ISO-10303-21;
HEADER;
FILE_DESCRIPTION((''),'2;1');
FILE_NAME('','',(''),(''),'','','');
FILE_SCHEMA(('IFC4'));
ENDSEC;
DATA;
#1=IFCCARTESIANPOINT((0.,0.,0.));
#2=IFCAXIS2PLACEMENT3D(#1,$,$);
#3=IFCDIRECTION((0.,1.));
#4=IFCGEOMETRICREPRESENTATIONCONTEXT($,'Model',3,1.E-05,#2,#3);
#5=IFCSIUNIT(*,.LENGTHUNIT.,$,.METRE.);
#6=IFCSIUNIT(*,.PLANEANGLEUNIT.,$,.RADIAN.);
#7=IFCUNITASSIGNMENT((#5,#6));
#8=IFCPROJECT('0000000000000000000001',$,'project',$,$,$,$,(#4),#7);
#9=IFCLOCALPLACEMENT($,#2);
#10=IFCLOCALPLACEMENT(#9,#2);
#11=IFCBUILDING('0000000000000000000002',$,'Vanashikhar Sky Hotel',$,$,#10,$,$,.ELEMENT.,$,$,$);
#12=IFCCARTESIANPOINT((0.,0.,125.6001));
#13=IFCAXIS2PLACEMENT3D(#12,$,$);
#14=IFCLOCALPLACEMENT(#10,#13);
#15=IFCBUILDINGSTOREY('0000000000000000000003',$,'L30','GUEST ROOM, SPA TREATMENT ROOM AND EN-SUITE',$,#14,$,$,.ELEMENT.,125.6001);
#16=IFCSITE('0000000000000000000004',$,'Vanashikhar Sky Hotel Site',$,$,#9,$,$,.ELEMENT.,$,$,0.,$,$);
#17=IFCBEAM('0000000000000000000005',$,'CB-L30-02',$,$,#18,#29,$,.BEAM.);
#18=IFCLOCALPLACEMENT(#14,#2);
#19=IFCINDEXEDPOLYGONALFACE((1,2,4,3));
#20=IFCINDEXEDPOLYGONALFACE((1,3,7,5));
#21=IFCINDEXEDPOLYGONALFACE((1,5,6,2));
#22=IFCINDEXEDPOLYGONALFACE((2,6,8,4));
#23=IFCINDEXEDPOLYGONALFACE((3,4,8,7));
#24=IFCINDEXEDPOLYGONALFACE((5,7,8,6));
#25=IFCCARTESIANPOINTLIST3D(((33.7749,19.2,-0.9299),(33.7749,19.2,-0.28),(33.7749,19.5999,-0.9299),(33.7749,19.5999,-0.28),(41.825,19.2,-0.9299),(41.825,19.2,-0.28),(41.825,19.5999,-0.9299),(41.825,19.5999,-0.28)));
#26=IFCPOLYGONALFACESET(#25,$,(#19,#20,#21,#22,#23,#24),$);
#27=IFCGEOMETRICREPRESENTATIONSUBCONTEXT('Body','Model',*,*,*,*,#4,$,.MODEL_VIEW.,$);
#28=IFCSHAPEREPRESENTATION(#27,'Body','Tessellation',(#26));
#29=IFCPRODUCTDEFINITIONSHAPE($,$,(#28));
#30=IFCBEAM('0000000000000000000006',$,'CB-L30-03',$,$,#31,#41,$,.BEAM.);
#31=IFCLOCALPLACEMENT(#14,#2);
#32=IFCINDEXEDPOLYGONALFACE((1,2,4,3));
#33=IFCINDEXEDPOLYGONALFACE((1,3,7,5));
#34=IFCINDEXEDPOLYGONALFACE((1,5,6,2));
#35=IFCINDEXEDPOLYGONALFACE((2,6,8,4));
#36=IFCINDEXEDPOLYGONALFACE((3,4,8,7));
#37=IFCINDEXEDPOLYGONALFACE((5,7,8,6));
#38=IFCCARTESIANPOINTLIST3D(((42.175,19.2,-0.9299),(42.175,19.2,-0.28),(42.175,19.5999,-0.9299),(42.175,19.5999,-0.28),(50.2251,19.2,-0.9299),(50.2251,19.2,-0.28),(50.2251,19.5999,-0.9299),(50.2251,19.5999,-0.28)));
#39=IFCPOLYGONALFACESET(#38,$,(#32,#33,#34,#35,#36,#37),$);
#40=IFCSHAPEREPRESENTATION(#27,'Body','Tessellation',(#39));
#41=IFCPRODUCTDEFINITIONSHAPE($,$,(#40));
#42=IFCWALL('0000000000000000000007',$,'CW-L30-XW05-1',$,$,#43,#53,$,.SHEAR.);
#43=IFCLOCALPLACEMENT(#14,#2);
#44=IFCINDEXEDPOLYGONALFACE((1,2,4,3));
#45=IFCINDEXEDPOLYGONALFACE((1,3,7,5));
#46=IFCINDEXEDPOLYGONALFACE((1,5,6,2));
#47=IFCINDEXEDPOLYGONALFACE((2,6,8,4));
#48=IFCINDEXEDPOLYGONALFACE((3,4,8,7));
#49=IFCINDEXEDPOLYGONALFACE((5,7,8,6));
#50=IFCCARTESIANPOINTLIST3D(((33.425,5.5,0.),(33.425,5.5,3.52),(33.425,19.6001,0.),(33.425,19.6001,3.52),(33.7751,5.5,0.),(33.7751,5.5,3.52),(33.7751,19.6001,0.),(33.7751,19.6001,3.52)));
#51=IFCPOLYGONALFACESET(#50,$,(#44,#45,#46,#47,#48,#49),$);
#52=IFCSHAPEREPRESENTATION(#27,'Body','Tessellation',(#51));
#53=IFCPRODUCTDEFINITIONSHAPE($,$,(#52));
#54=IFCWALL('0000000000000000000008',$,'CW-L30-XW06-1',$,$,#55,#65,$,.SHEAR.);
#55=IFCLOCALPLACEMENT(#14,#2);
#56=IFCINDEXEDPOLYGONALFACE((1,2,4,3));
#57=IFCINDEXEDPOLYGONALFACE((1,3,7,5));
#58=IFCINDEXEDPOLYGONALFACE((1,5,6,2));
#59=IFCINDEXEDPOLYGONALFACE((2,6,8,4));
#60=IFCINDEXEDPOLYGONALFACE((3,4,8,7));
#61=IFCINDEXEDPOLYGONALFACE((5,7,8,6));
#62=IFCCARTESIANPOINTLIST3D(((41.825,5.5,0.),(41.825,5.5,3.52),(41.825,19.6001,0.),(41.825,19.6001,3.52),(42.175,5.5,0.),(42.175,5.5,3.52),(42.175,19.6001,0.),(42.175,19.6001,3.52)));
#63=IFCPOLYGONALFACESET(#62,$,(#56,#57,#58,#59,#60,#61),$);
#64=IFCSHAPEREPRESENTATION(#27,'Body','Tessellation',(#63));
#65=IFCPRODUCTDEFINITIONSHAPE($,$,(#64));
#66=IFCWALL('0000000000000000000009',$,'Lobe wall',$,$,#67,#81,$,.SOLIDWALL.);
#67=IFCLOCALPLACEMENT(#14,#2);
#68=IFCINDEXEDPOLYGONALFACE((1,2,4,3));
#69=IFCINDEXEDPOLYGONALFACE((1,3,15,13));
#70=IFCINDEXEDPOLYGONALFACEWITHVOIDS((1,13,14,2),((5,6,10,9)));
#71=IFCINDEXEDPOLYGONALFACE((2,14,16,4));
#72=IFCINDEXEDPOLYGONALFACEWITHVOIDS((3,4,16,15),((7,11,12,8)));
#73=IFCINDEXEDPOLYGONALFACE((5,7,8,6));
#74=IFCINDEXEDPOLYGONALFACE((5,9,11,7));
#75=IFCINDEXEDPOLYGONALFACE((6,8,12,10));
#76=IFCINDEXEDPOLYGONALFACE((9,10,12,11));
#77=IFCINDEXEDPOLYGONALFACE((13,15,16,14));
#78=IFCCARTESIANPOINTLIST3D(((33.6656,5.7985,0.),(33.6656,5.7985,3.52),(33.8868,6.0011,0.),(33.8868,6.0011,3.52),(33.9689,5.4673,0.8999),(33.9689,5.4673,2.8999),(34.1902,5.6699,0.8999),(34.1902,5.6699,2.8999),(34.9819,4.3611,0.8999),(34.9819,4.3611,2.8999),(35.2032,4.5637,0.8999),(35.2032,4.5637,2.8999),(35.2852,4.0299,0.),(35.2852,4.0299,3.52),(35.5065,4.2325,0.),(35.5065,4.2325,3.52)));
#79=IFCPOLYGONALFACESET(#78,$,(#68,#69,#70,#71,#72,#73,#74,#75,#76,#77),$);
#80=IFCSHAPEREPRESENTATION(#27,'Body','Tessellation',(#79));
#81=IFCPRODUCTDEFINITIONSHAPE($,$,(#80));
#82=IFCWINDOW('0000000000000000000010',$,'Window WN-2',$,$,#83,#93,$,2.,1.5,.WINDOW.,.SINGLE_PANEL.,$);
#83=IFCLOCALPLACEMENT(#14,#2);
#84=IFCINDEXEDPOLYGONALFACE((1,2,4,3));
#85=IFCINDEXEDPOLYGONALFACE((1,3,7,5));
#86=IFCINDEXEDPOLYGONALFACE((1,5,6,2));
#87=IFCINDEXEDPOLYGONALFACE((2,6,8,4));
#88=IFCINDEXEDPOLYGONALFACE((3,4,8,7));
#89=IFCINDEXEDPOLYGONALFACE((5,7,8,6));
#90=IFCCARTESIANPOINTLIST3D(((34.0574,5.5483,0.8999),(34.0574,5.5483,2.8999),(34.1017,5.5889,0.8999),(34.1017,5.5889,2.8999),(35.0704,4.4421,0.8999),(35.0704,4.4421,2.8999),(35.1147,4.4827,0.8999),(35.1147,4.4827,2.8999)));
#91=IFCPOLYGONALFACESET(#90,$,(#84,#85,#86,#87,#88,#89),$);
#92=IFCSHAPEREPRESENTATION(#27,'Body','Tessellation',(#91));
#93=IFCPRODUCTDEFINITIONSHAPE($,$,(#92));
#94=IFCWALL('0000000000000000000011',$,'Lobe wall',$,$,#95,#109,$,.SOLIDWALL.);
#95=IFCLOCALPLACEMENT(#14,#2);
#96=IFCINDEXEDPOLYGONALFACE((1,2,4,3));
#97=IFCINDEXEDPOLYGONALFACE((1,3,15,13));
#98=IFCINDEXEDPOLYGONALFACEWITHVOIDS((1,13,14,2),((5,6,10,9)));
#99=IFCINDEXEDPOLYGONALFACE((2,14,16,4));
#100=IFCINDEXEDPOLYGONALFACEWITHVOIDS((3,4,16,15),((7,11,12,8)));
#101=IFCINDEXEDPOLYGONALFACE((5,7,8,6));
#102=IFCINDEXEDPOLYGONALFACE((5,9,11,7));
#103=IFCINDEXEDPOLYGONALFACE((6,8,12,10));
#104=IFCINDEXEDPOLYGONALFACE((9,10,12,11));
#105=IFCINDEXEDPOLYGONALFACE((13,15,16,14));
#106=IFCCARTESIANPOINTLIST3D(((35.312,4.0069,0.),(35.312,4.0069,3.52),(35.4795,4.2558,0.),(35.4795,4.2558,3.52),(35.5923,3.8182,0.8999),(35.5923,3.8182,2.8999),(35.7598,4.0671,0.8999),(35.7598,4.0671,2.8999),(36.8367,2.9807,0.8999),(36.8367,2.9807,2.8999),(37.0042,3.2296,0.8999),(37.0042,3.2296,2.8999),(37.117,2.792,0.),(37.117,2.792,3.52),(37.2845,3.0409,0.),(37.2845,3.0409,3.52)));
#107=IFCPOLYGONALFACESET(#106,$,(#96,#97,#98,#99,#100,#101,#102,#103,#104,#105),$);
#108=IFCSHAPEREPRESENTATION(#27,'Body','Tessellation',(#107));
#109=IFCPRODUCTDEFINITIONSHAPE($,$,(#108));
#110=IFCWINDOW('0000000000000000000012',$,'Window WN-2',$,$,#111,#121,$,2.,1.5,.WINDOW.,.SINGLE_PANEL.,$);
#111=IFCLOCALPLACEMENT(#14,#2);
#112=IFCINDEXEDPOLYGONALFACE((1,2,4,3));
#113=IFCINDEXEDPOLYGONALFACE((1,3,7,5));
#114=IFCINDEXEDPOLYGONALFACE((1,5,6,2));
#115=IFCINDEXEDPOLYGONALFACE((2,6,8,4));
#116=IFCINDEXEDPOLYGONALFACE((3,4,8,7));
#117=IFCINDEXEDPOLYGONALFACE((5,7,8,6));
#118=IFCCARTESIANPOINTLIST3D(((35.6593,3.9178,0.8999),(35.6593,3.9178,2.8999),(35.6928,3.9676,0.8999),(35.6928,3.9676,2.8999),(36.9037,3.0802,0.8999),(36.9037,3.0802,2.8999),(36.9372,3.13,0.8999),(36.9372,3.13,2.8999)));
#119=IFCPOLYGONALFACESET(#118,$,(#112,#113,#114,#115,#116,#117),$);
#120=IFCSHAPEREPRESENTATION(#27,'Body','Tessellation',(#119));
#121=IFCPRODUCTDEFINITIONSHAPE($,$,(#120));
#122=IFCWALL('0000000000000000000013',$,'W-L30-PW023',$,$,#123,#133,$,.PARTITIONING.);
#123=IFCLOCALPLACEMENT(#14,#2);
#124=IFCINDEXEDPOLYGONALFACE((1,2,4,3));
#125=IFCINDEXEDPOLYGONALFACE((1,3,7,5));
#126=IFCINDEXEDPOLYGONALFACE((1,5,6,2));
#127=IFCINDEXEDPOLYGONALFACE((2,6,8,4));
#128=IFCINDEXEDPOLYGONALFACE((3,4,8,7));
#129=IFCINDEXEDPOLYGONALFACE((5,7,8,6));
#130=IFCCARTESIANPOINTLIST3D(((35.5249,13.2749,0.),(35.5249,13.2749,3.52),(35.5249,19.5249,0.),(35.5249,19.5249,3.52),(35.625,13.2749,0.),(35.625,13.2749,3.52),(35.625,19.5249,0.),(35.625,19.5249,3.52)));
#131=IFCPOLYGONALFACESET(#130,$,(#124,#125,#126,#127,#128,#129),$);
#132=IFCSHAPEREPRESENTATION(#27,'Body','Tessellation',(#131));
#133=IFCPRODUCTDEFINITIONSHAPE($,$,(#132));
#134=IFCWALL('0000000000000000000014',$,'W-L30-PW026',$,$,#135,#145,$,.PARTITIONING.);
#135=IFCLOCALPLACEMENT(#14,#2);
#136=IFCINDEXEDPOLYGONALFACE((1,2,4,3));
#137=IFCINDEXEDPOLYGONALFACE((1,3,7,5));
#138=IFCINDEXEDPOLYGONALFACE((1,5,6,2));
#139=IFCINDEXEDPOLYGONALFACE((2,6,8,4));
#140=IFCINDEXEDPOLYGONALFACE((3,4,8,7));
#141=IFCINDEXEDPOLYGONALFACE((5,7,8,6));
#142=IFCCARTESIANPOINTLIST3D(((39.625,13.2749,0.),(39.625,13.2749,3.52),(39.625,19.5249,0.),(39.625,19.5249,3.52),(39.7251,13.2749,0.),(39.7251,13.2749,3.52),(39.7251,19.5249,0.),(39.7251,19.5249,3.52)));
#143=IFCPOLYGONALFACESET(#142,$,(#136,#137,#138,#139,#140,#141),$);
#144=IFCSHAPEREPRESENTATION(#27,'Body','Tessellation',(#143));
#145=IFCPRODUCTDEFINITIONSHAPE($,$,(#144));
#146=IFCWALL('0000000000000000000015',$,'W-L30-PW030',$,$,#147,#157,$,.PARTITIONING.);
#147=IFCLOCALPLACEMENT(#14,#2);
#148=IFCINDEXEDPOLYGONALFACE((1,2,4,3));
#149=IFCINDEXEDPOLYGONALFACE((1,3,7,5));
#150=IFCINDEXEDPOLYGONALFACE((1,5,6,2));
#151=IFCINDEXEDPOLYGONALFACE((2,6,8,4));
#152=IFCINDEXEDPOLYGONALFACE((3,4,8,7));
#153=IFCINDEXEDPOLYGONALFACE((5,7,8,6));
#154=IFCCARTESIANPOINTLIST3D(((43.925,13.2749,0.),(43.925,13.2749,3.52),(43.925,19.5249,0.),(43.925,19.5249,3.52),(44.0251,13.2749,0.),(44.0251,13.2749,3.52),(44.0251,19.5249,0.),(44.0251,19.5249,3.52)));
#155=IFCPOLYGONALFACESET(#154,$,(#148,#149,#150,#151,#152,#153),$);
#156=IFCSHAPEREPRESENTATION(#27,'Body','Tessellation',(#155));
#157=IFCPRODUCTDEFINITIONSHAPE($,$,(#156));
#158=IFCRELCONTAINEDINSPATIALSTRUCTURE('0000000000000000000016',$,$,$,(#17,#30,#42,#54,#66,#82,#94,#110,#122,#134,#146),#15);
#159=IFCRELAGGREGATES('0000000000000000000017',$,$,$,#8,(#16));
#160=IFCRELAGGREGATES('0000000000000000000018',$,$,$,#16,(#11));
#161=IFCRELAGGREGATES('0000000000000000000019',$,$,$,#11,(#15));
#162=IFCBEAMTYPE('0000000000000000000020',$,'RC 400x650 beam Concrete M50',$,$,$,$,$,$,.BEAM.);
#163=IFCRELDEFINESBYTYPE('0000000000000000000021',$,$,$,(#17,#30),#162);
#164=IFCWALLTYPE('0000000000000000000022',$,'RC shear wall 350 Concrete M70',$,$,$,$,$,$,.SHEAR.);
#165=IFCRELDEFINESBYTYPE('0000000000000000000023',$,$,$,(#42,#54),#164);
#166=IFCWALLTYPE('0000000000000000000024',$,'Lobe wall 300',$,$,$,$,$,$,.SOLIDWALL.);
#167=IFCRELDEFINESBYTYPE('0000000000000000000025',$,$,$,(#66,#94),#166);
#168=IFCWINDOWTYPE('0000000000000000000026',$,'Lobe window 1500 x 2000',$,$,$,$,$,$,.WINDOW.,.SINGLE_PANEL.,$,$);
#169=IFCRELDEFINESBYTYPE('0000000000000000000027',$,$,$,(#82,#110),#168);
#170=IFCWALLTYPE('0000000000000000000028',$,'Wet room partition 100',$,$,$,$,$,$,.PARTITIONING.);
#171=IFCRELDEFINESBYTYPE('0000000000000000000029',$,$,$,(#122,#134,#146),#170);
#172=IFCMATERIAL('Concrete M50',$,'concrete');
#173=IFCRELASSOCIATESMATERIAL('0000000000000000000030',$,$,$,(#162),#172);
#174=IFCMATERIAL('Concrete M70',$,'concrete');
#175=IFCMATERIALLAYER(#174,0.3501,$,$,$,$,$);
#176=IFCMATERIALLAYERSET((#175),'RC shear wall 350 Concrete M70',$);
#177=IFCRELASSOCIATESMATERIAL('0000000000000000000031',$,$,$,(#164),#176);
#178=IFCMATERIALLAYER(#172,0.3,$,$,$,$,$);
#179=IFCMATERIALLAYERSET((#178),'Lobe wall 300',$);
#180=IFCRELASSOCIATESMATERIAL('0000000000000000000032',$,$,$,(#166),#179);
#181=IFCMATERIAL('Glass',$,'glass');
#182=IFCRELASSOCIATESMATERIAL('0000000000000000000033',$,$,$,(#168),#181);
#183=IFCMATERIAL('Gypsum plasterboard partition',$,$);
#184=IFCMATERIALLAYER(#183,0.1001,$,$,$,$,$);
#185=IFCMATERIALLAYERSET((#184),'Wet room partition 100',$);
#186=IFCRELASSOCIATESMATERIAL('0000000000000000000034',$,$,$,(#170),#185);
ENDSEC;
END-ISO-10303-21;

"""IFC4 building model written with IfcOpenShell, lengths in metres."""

from ifc_helpers import new_model, si_unit, direction, frame, frame_2d, origin, origin_2d, place, context, subcontext, project, spatial, rectangle, extrude, source, transform, mapped, material, layer, layer_set, material_profile, profile_set, type_object, element, fill, save


model = new_model("IFC4")

# Units and contexts
model_context = context("Model", 3, precision=1e-05, world=origin(), true_north=direction((0.0, 1.0)))
body_context = subcontext(model_context, "Body", "Model", "MODEL_VIEW")
ifc_project = project(units=[si_unit("LENGTHUNIT", "METRE"), si_unit("PLANEANGLEUNIT", "RADIAN")], contexts=[model_context])

# Site, building, storey
site_placement = place(None, origin())
site = spatial("IfcSite", under=ifc_project, at=site_placement, Name="Vanashikhar Sky Hotel Site", CompositionType="ELEMENT", RefElevation=0.0)
building_placement = place(site_placement, origin())
building = spatial("IfcBuilding", under=site, at=building_placement, Name="Vanashikhar Sky Hotel", CompositionType="ELEMENT")
storey_placement = place(building_placement, frame((0.0, 0.0, 125.6001)))
storey = spatial("IfcBuildingStorey", under=building, at=storey_placement, Name="L30", Description="GUEST ROOM, SPA TREATMENT ROOM AND EN-SUITE", CompositionType="ELEMENT", Elevation=125.6001)

# Beams
ifc_material_1 = material(Name="Concrete M50", Category="concrete")
ifc_material_profile = material_profile(ifc_material_1, rectangle(XDim=0.3999, YDim=0.6499, at=origin_2d()))
ifc_profile_set = profile_set([ifc_material_profile], Name="RC 400x650 beam Concrete M50")
beam_type = type_object("IfcBeamType", Name="RC 400x650 beam Concrete M50", PredefinedType="BEAM", material=ifc_profile_set)
shared_shape_1 = source(origin(), body_context, "Body", "SweptSolid", [
    extrude(rectangle(XDim=0.3999, YDim=0.6499, at=origin_2d()), origin(), (0.0, 0.0, 1.0), 8.05),
])
for number, where, z_axis, x_axis, name in (
    (1, (33.7749, 19.3999, -0.605), (1.0, 0.0, 0.0), (0.0, 1.0, 0.0), "CB-L30-02"),
    (2, (42.175, 19.3999, -0.605), (1.0, 0.0, 0.0), (0.0, 1.0, 0.0), "CB-L30-03"),
):
    element("IfcBeam", number, at=place(storey_placement, frame(where, z_axis=z_axis, x_axis=x_axis)), inside=storey, type_object=beam_type, Name=name, PredefinedType="BEAM", context=body_context, shape_type="MappedRepresentation", body=[
        mapped(shared_shape_1, transform((0.0, 0.0, 0.0), scale=1.0)),
    ])

# Walls
ifc_material_2 = material(Name="Concrete M70", Category="concrete")
ifc_layer_1 = layer(ifc_material_2, 0.3501)
ifc_layer_set_1 = layer_set([ifc_layer_1], Name="RC shear wall 350 Concrete M70")
wall_type_1 = type_object("IfcWallType", Name="RC shear wall 350 Concrete M70", PredefinedType="SHEAR", material=ifc_layer_set_1)
shared_shape_2 = source(origin(), body_context, "Body", "SweptSolid", [
    extrude(rectangle(XDim=14.1001, YDim=0.3501, at=frame_2d((7.05, 0.0))), origin(), (0.0, 0.0, 1.0), 3.52),
])
for number, where, z_axis, x_axis, name in (
    (3, (33.6001, 5.5, 0.0), (0.0, 0.0, 1.0), (0.0, 1.0, 0.0), "CW-L30-XW05-1"),
    (4, (42.0, 5.5, 0.0), (0.0, 0.0, 1.0), (0.0, 1.0, 0.0), "CW-L30-XW06-1"),
):
    element("IfcWall", number, at=place(storey_placement, frame(where, z_axis=z_axis, x_axis=x_axis)), inside=storey, type_object=wall_type_1, Name=name, PredefinedType="SHEAR", context=body_context, shape_type="MappedRepresentation", body=[
        mapped(shared_shape_2, transform((0.0, 0.0, 0.0), scale=1.0)),
    ])

# Walls, openings, windows
ifc_layer_2 = layer(ifc_material_1, 0.3)
ifc_layer_set_2 = layer_set([ifc_layer_2], Name="Lobe wall 300")
wall_type_2 = type_object("IfcWallType", Name="Lobe wall 300", PredefinedType="SOLIDWALL", material=ifc_layer_set_2)
shared_shape_3 = source(origin(), body_context, "Body", "SweptSolid", [
    extrude(rectangle(XDim=2.3982, YDim=0.3, at=frame_2d((1.1992, 0.0))), origin(), (0.0, 0.0, 1.0), 3.52),
])
wall_1_placement = place(storey_placement, frame((33.7761, 5.8999, 0.0), z_axis=(0.0, 0.0, 1.0), x_axis=(0.675374, -0.737475, 0.0)))
wall_1 = element("IfcWall", 5, at=wall_1_placement, inside=storey, type_object=wall_type_2, Name="Lobe wall", PredefinedType="SOLIDWALL", context=body_context, shape_type="MappedRepresentation", body=[
    mapped(shared_shape_3, transform((0.0, 0.0, 0.0), scale=1.0)),
])
shared_shape_4 = source(origin(), body_context, "Body", "SweptSolid", [
    extrude(rectangle(XDim=1.5, YDim=2.0, at=frame_2d((0.75, 1.0))), frame((0.0, 0.1602, 0.0), z_axis=(0.0, -1.0, 0.0), x_axis=(1.0, 0.0, 0.0)), (0.0, 0.0, 1.0), 0.3201),
])
opening_1_placement = place(wall_1_placement, frame((0.4492, 0.0, 0.8999)))
opening_1 = element("IfcOpeningElement", 6, at=opening_1_placement, cuts=wall_1, PredefinedType="OPENING", context=body_context, shape_type="MappedRepresentation", body=[
    mapped(shared_shape_4, transform((0.0, 0.0, 0.0), scale=1.0)),
])
ifc_material_3 = material(Name="Glass", Category="glass")
window_type = type_object("IfcWindowType", Name="Lobe window 1500 x 2000", PartitioningType="SINGLE_PANEL", PredefinedType="WINDOW", material=ifc_material_3)
shared_shape_5 = source(origin(), body_context, "Body", "SweptSolid", [
    extrude(rectangle(XDim=1.5, YDim=2.0, at=frame_2d((0.75, 1.0))), frame((0.0, 0.03, 0.0), z_axis=(0.0, -1.0, 0.0), x_axis=(1.0, 0.0, 0.0)), (0.0, 0.0, 1.0), 0.0601),
])
window_1_placement = place(opening_1_placement, origin())
window_1 = element("IfcWindow", 7, at=window_1_placement, inside=storey, type_object=window_type, Name="Window WN-2", OverallHeight=2.0, OverallWidth=1.5, PartitioningType="SINGLE_PANEL", PredefinedType="WINDOW", context=body_context, shape_type="MappedRepresentation", body=[
    mapped(shared_shape_5, transform((0.0, 0.0, 0.0), scale=1.0)),
])
fill(opening_1, window_1)
shared_shape_6 = source(origin(), body_context, "Body", "SweptSolid", [
    extrude(rectangle(XDim=2.1758, YDim=0.3, at=frame_2d((1.0879, 0.0))), origin(), (0.0, 0.0, 1.0), 3.52),
])
wall_2_placement = place(storey_placement, frame((35.3958, 4.1313, 0.0), z_axis=(0.0, 0.0, 1.0), x_axis=(0.829591, -0.558372, 0.0)))
wall_2 = element("IfcWall", 8, at=wall_2_placement, inside=storey, type_object=wall_type_2, Name="Lobe wall", PredefinedType="SOLIDWALL", context=body_context, shape_type="MappedRepresentation", body=[
    mapped(shared_shape_6, transform((0.0, 0.0, 0.0), scale=1.0)),
])
opening_2_placement = place(wall_2_placement, frame((0.3379, 0.0, 0.8999)))
opening_2 = element("IfcOpeningElement", 9, at=opening_2_placement, cuts=wall_2, PredefinedType="OPENING", context=body_context, shape_type="MappedRepresentation", body=[
    mapped(shared_shape_4, transform((0.0, 0.0, 0.0), scale=1.0)),
])
window_2_placement = place(opening_2_placement, origin())
window_2 = element("IfcWindow", 10, at=window_2_placement, inside=storey, type_object=window_type, Name="Window WN-2", OverallHeight=2.0, OverallWidth=1.5, PartitioningType="SINGLE_PANEL", PredefinedType="WINDOW", context=body_context, shape_type="MappedRepresentation", body=[
    mapped(shared_shape_5, transform((0.0, 0.0, 0.0), scale=1.0)),
])
fill(opening_2, window_2)

# Walls
ifc_material_4 = material(Name="Gypsum plasterboard partition")
ifc_layer_3 = layer(ifc_material_4, 0.1001)
ifc_layer_set_3 = layer_set([ifc_layer_3], Name="Wet room partition 100")
wall_type_3 = type_object("IfcWallType", Name="Wet room partition 100", PredefinedType="PARTITIONING", material=ifc_layer_set_3)
shared_shape_7 = source(origin(), body_context, "Body", "SweptSolid", [
    extrude(rectangle(XDim=6.25, YDim=0.1001, at=frame_2d((3.125, 0.0))), origin(), (0.0, 0.0, 1.0), 3.52),
])
for number, where, z_axis, x_axis, name in (
    (11, (35.575, 13.2749, 0.0), (0.0, 0.0, 1.0), (0.0, 1.0, 0.0), "W-L30-PW023"),
    (12, (39.675, 13.2749, 0.0), (0.0, 0.0, 1.0), (0.0, 1.0, 0.0), "W-L30-PW026"),
    (13, (43.9751, 13.2749, 0.0), (0.0, 0.0, 1.0), (0.0, 1.0, 0.0), "W-L30-PW030"),
):
    element("IfcWall", number, at=place(storey_placement, frame(where, z_axis=z_axis, x_axis=x_axis)), inside=storey, type_object=wall_type_3, Name=name, PredefinedType="PARTITIONING", context=body_context, shape_type="MappedRepresentation", body=[
        mapped(shared_shape_7, transform((0.0, 0.0, 0.0), scale=1.0)),
    ])

save(model, "model.ifc")
